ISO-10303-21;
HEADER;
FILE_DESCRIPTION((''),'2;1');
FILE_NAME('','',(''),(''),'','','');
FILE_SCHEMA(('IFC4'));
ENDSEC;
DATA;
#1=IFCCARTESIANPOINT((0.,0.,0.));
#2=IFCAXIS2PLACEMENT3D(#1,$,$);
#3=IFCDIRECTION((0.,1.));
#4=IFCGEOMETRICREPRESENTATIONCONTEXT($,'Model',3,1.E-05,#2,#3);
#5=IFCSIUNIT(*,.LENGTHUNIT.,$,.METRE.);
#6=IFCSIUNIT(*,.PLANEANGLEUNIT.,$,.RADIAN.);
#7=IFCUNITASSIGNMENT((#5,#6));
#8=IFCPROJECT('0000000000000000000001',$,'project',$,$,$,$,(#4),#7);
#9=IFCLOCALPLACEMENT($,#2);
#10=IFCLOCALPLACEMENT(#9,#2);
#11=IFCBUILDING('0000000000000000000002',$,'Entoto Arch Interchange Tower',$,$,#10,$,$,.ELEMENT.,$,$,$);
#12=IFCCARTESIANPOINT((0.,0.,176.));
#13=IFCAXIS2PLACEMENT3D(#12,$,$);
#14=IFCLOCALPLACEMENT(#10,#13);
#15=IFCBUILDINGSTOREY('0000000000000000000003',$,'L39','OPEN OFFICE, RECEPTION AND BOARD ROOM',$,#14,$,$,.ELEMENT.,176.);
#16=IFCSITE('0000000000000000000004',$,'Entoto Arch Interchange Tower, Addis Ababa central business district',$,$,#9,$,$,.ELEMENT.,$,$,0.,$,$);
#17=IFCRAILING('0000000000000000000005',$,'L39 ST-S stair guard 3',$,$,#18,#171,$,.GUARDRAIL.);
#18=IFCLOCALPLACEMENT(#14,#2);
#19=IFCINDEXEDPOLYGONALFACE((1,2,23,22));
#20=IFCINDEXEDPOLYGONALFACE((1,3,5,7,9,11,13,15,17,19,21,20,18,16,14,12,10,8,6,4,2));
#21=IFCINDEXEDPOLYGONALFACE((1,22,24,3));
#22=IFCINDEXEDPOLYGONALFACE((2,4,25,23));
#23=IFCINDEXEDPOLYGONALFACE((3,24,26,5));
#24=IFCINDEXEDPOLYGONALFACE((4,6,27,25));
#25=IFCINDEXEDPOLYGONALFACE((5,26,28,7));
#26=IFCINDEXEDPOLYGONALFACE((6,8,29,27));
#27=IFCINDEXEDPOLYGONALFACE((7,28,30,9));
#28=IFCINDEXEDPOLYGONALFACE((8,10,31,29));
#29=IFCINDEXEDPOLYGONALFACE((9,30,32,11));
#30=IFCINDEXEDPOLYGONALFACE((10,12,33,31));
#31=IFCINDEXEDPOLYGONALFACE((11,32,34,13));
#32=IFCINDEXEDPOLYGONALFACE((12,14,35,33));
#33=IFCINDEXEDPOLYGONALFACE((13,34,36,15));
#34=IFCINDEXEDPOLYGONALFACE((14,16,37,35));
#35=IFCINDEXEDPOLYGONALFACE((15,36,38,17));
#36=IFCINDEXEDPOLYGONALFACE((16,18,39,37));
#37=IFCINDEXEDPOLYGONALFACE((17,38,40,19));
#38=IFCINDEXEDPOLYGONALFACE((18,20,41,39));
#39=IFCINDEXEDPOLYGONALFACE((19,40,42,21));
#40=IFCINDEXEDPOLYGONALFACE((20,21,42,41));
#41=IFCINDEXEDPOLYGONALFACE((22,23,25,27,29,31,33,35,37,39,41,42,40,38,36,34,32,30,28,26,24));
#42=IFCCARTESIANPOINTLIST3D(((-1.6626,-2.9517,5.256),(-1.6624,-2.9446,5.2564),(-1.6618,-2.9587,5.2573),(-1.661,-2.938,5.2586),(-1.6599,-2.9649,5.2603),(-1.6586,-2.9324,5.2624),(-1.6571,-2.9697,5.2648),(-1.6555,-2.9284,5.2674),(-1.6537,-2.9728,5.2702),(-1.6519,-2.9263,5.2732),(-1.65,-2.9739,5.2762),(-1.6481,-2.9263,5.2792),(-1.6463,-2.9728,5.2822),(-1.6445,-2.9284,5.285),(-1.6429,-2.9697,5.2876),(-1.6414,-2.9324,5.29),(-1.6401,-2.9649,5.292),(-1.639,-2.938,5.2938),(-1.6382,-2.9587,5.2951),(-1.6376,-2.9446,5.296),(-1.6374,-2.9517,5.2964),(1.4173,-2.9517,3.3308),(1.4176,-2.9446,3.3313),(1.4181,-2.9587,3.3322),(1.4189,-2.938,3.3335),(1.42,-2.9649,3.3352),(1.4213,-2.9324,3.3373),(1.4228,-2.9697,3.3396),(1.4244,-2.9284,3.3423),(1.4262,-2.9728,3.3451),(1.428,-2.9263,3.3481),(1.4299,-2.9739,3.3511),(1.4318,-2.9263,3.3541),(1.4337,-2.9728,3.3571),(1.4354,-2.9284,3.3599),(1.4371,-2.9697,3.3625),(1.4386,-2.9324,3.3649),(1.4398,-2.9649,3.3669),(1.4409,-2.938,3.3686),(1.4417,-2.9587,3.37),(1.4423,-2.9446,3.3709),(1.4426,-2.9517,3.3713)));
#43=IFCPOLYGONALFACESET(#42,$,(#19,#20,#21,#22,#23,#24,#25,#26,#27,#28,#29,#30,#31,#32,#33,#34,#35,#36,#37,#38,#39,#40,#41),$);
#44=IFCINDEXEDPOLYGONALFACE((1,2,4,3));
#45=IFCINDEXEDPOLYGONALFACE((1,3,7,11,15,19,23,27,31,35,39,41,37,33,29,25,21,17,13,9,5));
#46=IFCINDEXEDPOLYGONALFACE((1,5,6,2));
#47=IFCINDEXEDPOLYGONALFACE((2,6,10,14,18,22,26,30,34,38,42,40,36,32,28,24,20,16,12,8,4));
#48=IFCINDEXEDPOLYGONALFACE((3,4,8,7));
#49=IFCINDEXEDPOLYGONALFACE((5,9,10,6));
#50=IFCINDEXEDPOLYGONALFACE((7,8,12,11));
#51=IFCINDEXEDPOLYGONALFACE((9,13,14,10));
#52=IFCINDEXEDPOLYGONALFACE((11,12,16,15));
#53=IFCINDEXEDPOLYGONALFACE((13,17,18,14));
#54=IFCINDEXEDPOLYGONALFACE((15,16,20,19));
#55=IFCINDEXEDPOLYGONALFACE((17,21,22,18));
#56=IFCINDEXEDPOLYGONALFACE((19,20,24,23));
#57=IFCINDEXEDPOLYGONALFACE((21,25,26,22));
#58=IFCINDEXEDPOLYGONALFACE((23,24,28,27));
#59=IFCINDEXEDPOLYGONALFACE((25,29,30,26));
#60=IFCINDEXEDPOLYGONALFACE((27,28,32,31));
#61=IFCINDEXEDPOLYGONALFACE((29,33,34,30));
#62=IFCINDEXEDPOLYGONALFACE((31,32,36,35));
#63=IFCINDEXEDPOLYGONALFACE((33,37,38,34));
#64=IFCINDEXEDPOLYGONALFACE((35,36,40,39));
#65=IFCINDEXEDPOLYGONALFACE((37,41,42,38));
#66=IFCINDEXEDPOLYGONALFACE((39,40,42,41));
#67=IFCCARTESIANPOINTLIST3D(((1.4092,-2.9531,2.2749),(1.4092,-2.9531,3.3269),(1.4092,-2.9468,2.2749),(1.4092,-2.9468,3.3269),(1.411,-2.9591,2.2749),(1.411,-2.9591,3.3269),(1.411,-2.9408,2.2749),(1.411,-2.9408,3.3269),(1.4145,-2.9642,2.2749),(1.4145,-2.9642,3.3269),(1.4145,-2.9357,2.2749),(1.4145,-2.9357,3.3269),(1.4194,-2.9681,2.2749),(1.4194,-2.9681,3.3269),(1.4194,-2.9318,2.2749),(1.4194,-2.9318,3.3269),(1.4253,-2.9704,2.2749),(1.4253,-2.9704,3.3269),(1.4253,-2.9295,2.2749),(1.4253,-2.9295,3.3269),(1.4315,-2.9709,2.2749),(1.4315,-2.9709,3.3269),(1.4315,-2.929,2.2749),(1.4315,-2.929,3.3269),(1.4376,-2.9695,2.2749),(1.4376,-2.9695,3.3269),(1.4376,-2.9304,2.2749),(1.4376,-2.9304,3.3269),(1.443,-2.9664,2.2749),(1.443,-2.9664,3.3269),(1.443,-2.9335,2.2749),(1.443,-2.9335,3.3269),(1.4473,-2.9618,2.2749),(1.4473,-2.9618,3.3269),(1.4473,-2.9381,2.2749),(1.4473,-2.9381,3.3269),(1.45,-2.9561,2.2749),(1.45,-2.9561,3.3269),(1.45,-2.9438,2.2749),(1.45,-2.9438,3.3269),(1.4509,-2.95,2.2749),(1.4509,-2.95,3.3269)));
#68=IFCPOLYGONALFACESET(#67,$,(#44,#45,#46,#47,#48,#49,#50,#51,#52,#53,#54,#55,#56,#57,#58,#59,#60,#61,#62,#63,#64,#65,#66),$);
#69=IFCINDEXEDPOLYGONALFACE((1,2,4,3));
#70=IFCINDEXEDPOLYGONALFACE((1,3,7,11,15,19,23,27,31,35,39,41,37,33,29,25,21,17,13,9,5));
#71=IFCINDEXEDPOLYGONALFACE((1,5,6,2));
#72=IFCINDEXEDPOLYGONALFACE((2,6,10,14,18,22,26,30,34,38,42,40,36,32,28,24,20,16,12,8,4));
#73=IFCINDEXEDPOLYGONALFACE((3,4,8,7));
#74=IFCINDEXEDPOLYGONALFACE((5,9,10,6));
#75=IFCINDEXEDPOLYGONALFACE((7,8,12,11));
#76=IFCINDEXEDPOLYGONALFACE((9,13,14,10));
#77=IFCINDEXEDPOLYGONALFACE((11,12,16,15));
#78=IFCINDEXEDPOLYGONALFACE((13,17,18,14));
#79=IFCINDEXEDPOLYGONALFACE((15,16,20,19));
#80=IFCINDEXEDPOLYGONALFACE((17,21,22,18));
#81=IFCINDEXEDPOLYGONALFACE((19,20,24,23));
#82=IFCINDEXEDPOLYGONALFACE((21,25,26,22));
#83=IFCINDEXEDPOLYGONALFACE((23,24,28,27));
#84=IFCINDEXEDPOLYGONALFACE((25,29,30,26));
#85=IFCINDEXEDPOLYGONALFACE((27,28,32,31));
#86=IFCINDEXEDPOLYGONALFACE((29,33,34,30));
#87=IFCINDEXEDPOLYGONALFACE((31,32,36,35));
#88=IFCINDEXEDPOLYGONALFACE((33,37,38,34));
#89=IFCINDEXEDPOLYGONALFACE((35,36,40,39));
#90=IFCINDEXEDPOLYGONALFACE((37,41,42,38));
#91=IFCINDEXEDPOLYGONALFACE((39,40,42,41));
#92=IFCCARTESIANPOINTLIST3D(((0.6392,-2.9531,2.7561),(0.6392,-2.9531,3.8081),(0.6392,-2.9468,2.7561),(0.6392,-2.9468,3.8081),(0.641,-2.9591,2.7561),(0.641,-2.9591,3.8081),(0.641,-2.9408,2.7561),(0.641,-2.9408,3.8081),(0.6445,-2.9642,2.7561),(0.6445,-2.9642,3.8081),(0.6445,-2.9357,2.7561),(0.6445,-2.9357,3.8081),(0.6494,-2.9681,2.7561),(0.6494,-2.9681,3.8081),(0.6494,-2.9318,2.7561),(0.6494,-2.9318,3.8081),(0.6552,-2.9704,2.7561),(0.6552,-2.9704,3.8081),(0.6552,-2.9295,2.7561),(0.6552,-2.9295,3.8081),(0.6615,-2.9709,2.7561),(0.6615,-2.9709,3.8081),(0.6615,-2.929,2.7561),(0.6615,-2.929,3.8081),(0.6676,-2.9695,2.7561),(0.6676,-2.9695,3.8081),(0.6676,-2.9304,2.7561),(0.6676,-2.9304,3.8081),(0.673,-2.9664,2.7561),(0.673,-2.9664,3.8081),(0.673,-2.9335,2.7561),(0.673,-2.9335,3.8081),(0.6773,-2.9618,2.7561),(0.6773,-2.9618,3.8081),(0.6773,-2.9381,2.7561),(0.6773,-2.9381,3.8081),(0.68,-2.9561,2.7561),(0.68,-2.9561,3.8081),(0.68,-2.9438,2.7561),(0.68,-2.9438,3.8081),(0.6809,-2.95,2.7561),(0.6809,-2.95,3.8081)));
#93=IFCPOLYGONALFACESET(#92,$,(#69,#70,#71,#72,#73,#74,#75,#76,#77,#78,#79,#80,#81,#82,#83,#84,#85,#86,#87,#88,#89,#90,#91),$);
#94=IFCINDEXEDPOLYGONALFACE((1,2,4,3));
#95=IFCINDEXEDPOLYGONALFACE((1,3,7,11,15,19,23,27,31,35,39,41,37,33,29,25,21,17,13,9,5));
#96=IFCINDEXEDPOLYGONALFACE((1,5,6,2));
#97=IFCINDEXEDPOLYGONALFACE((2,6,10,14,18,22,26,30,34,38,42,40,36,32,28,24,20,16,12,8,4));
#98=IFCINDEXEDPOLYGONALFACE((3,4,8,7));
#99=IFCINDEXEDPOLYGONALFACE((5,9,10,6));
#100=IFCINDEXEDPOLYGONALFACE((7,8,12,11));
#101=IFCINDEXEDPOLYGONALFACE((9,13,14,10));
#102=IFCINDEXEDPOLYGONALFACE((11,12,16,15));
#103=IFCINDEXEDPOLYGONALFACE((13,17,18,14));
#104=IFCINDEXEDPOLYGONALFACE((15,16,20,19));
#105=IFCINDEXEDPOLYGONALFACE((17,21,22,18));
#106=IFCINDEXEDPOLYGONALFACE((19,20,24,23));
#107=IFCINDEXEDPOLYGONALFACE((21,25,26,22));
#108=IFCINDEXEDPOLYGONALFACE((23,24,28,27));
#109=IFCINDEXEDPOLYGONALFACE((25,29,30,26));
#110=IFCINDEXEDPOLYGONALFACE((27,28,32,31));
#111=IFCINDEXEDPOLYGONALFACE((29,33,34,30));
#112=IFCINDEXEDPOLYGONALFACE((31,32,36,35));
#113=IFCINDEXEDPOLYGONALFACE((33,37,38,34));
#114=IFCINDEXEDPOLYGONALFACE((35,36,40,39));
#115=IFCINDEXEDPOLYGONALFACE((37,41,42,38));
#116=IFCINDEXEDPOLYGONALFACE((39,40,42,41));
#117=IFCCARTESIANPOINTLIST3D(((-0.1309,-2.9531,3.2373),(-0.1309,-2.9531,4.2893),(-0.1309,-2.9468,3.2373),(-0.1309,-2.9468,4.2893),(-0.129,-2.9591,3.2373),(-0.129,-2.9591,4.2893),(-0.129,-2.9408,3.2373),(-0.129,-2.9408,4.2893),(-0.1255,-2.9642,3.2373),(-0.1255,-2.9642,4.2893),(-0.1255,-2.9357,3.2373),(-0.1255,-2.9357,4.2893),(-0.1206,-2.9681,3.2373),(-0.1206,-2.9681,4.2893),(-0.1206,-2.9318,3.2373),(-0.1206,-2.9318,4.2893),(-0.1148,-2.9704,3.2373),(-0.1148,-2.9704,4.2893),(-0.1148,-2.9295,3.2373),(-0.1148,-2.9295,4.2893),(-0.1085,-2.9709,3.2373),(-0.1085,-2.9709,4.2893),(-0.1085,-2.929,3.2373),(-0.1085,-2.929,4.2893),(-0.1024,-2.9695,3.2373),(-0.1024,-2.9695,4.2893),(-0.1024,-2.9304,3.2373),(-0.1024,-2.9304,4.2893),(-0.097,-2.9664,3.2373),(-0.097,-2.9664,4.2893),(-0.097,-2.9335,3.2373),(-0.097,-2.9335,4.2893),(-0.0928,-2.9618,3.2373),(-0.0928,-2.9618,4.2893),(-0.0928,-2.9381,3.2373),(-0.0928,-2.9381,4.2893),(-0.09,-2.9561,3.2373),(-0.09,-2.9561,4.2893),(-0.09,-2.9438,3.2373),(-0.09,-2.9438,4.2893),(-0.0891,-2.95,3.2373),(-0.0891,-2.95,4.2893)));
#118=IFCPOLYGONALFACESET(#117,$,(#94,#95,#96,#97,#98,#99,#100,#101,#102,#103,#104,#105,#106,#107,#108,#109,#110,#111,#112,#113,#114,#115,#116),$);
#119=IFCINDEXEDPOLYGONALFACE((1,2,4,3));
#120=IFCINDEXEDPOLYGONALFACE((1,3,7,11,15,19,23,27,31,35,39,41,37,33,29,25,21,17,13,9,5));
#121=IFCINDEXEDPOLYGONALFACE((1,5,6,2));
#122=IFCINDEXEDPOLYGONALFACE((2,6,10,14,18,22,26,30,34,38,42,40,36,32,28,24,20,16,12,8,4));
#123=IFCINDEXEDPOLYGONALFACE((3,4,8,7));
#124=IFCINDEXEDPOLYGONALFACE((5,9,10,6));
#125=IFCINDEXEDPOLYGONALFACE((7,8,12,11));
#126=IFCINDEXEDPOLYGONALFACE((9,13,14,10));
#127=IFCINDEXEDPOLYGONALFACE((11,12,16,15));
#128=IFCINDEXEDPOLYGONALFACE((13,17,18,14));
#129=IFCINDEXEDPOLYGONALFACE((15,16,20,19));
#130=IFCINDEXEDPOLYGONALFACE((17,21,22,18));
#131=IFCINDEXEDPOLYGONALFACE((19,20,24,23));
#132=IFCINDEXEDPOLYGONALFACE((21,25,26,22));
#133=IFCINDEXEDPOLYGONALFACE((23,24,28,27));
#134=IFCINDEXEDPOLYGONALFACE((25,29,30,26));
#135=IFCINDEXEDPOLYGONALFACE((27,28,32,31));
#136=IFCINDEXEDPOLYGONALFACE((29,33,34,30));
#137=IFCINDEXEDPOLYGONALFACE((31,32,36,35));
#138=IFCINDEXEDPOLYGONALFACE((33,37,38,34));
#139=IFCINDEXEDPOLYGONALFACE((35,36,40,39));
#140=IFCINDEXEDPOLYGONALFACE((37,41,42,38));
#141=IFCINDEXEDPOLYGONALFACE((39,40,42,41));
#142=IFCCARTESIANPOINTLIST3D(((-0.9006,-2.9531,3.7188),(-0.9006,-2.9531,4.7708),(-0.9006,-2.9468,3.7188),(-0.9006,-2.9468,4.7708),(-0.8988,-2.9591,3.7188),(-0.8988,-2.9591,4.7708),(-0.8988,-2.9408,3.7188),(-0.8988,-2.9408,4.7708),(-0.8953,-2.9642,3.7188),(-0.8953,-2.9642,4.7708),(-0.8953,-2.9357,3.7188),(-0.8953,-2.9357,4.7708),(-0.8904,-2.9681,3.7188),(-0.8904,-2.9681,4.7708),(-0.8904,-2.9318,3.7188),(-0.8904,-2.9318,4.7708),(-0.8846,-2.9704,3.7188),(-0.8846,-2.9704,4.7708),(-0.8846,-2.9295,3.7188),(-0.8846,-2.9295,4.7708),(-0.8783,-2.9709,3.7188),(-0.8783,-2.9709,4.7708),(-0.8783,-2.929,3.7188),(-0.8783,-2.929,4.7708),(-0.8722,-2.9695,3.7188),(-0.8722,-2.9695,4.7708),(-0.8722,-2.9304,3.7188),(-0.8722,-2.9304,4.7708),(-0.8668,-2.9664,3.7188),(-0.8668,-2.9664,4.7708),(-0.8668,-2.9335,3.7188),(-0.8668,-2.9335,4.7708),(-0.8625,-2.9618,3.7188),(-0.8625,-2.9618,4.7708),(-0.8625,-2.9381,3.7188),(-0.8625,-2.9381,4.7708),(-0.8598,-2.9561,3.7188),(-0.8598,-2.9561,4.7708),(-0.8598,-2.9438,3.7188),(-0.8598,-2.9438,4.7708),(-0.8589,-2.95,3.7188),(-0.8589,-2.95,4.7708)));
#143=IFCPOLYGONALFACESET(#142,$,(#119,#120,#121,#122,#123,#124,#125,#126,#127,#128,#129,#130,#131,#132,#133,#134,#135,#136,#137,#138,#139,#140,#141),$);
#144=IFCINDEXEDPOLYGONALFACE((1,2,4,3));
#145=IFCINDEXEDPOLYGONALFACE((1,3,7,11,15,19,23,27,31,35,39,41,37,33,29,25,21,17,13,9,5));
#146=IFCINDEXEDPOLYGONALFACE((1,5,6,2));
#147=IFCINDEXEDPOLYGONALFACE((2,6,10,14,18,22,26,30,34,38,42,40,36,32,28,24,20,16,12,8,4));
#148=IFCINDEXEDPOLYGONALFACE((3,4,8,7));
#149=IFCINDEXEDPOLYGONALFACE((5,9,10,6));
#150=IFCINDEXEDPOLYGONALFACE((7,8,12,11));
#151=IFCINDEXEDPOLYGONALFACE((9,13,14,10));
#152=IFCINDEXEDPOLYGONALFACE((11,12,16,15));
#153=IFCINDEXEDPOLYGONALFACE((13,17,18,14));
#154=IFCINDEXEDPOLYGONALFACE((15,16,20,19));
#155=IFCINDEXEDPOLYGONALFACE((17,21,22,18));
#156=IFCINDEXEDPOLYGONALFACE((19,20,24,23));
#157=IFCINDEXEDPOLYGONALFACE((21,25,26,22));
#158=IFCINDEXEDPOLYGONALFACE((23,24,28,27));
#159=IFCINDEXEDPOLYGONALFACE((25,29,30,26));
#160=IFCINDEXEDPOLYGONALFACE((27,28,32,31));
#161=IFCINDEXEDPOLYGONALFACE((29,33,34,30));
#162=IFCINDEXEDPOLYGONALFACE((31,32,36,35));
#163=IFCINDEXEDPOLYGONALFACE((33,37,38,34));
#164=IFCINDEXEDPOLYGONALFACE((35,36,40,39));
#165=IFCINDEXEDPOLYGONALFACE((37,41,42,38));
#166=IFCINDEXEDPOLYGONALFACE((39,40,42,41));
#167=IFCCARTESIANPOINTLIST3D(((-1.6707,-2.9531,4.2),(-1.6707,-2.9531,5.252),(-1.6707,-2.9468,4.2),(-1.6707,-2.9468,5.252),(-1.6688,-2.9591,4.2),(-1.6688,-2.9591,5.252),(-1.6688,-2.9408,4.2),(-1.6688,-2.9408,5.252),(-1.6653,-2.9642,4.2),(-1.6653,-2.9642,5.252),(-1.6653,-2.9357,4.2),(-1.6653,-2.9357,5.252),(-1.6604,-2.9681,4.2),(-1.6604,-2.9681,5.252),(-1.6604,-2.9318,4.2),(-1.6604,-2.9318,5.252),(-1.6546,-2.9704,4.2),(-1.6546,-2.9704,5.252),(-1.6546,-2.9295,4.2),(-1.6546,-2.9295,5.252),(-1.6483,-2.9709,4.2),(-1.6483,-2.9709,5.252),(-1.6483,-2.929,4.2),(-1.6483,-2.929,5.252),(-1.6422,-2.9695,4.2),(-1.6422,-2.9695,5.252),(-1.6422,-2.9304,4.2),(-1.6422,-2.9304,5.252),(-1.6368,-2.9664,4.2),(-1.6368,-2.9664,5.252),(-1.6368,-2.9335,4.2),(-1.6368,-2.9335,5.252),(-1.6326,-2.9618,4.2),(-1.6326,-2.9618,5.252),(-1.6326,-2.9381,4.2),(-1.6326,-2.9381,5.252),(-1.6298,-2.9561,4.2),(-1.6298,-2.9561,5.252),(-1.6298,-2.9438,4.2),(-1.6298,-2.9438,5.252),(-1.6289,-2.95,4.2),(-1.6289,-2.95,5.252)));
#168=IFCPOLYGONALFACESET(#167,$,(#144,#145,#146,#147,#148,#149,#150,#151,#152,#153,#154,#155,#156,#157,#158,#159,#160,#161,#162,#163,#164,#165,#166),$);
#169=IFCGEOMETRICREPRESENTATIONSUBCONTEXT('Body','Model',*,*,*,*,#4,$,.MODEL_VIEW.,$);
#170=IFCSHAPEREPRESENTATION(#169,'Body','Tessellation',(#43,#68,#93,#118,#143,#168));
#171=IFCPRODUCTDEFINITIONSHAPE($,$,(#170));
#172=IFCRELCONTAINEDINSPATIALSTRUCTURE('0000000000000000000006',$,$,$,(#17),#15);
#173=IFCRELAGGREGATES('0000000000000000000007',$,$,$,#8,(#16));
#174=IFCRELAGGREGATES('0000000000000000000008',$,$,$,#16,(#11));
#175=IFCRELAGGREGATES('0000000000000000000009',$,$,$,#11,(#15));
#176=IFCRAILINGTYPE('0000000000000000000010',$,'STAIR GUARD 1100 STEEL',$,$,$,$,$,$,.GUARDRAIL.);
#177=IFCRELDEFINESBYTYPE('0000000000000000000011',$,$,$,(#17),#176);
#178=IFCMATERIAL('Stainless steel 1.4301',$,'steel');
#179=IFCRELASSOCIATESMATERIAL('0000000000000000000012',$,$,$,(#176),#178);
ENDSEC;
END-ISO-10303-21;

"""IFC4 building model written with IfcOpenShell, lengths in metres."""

from ifc_helpers import new_model, si_unit, direction, frame, origin, origin_2d, place, context, subcontext, project, spatial, circle, extrude, material, type_object, element, save


model = new_model("IFC4")

# Units and contexts
model_context = context("Model", 3, precision=1e-05, world=origin(), true_north=direction((0.0, 1.0)))
body_context = subcontext(model_context, "Body", "Model", "MODEL_VIEW")
ifc_project = project(units=[si_unit("LENGTHUNIT", "METRE"), si_unit("PLANEANGLEUNIT", "RADIAN")], contexts=[model_context])

# Site, building, storey
site_placement = place(None, origin())
site = spatial("IfcSite", under=ifc_project, at=site_placement, Name="Entoto Arch Interchange Tower, Addis Ababa central business district", CompositionType="ELEMENT", RefElevation=0.0)
building_placement = place(site_placement, origin())
building = spatial("IfcBuilding", under=site, at=building_placement, Name="Entoto Arch Interchange Tower", CompositionType="ELEMENT")
storey_placement = place(building_placement, frame((0.0, 0.0, 176.0)))
storey = spatial("IfcBuildingStorey", under=building, at=storey_placement, Name="L39", Description="OPEN OFFICE, RECEPTION AND BOARD ROOM", CompositionType="ELEMENT", Elevation=176.0)

# Railing
ifc_material_1 = material(Name="Stainless steel 1.4301", Category="steel")
railing_type_1 = type_object("IfcRailingType", Name="STAIR GUARD 1100 STEEL", PredefinedType="GUARDRAIL", material=ifc_material_1)
railing_1_placement = place(storey_placement, frame((1.4299, -2.95, 2.2749)))
element("IfcRailing", 1, at=railing_1_placement, inside=storey, type_object=railing_type_1, Name="L39 ST-S stair guard 3", PredefinedType="GUARDRAIL", context=body_context, shape_type="SweptSolid", body=[
    extrude(circle(Radius=0.0239, at=origin_2d()), frame((0.0, 0.0, 1.0762), z_axis=(-0.847979, 0.0, 0.530029), x_axis=(0.0, -1.0, 0.0)), (0.0, 0.0, 1.0), 3.6321),
    extrude(circle(Radius=0.021, at=origin_2d()), origin(), (0.0, 0.0, 1.0), 1.052),
    extrude(circle(Radius=0.021, at=origin_2d()), frame((-0.77, 0.0, 0.4812)), (0.0, 0.0, 1.0), 1.052),
    extrude(circle(Radius=0.021, at=origin_2d()), frame((-1.54, 0.0, 0.9624)), (0.0, 0.0, 1.0), 1.052),
    extrude(circle(Radius=0.021, at=origin_2d()), frame((-2.3098, 0.0, 1.4438)), (0.0, 0.0, 1.0), 1.052),
    extrude(circle(Radius=0.021, at=origin_2d()), frame((-3.0798, 0.0, 1.925)), (0.0, 0.0, 1.0), 1.052),
])

save(model, "model.ifc")
